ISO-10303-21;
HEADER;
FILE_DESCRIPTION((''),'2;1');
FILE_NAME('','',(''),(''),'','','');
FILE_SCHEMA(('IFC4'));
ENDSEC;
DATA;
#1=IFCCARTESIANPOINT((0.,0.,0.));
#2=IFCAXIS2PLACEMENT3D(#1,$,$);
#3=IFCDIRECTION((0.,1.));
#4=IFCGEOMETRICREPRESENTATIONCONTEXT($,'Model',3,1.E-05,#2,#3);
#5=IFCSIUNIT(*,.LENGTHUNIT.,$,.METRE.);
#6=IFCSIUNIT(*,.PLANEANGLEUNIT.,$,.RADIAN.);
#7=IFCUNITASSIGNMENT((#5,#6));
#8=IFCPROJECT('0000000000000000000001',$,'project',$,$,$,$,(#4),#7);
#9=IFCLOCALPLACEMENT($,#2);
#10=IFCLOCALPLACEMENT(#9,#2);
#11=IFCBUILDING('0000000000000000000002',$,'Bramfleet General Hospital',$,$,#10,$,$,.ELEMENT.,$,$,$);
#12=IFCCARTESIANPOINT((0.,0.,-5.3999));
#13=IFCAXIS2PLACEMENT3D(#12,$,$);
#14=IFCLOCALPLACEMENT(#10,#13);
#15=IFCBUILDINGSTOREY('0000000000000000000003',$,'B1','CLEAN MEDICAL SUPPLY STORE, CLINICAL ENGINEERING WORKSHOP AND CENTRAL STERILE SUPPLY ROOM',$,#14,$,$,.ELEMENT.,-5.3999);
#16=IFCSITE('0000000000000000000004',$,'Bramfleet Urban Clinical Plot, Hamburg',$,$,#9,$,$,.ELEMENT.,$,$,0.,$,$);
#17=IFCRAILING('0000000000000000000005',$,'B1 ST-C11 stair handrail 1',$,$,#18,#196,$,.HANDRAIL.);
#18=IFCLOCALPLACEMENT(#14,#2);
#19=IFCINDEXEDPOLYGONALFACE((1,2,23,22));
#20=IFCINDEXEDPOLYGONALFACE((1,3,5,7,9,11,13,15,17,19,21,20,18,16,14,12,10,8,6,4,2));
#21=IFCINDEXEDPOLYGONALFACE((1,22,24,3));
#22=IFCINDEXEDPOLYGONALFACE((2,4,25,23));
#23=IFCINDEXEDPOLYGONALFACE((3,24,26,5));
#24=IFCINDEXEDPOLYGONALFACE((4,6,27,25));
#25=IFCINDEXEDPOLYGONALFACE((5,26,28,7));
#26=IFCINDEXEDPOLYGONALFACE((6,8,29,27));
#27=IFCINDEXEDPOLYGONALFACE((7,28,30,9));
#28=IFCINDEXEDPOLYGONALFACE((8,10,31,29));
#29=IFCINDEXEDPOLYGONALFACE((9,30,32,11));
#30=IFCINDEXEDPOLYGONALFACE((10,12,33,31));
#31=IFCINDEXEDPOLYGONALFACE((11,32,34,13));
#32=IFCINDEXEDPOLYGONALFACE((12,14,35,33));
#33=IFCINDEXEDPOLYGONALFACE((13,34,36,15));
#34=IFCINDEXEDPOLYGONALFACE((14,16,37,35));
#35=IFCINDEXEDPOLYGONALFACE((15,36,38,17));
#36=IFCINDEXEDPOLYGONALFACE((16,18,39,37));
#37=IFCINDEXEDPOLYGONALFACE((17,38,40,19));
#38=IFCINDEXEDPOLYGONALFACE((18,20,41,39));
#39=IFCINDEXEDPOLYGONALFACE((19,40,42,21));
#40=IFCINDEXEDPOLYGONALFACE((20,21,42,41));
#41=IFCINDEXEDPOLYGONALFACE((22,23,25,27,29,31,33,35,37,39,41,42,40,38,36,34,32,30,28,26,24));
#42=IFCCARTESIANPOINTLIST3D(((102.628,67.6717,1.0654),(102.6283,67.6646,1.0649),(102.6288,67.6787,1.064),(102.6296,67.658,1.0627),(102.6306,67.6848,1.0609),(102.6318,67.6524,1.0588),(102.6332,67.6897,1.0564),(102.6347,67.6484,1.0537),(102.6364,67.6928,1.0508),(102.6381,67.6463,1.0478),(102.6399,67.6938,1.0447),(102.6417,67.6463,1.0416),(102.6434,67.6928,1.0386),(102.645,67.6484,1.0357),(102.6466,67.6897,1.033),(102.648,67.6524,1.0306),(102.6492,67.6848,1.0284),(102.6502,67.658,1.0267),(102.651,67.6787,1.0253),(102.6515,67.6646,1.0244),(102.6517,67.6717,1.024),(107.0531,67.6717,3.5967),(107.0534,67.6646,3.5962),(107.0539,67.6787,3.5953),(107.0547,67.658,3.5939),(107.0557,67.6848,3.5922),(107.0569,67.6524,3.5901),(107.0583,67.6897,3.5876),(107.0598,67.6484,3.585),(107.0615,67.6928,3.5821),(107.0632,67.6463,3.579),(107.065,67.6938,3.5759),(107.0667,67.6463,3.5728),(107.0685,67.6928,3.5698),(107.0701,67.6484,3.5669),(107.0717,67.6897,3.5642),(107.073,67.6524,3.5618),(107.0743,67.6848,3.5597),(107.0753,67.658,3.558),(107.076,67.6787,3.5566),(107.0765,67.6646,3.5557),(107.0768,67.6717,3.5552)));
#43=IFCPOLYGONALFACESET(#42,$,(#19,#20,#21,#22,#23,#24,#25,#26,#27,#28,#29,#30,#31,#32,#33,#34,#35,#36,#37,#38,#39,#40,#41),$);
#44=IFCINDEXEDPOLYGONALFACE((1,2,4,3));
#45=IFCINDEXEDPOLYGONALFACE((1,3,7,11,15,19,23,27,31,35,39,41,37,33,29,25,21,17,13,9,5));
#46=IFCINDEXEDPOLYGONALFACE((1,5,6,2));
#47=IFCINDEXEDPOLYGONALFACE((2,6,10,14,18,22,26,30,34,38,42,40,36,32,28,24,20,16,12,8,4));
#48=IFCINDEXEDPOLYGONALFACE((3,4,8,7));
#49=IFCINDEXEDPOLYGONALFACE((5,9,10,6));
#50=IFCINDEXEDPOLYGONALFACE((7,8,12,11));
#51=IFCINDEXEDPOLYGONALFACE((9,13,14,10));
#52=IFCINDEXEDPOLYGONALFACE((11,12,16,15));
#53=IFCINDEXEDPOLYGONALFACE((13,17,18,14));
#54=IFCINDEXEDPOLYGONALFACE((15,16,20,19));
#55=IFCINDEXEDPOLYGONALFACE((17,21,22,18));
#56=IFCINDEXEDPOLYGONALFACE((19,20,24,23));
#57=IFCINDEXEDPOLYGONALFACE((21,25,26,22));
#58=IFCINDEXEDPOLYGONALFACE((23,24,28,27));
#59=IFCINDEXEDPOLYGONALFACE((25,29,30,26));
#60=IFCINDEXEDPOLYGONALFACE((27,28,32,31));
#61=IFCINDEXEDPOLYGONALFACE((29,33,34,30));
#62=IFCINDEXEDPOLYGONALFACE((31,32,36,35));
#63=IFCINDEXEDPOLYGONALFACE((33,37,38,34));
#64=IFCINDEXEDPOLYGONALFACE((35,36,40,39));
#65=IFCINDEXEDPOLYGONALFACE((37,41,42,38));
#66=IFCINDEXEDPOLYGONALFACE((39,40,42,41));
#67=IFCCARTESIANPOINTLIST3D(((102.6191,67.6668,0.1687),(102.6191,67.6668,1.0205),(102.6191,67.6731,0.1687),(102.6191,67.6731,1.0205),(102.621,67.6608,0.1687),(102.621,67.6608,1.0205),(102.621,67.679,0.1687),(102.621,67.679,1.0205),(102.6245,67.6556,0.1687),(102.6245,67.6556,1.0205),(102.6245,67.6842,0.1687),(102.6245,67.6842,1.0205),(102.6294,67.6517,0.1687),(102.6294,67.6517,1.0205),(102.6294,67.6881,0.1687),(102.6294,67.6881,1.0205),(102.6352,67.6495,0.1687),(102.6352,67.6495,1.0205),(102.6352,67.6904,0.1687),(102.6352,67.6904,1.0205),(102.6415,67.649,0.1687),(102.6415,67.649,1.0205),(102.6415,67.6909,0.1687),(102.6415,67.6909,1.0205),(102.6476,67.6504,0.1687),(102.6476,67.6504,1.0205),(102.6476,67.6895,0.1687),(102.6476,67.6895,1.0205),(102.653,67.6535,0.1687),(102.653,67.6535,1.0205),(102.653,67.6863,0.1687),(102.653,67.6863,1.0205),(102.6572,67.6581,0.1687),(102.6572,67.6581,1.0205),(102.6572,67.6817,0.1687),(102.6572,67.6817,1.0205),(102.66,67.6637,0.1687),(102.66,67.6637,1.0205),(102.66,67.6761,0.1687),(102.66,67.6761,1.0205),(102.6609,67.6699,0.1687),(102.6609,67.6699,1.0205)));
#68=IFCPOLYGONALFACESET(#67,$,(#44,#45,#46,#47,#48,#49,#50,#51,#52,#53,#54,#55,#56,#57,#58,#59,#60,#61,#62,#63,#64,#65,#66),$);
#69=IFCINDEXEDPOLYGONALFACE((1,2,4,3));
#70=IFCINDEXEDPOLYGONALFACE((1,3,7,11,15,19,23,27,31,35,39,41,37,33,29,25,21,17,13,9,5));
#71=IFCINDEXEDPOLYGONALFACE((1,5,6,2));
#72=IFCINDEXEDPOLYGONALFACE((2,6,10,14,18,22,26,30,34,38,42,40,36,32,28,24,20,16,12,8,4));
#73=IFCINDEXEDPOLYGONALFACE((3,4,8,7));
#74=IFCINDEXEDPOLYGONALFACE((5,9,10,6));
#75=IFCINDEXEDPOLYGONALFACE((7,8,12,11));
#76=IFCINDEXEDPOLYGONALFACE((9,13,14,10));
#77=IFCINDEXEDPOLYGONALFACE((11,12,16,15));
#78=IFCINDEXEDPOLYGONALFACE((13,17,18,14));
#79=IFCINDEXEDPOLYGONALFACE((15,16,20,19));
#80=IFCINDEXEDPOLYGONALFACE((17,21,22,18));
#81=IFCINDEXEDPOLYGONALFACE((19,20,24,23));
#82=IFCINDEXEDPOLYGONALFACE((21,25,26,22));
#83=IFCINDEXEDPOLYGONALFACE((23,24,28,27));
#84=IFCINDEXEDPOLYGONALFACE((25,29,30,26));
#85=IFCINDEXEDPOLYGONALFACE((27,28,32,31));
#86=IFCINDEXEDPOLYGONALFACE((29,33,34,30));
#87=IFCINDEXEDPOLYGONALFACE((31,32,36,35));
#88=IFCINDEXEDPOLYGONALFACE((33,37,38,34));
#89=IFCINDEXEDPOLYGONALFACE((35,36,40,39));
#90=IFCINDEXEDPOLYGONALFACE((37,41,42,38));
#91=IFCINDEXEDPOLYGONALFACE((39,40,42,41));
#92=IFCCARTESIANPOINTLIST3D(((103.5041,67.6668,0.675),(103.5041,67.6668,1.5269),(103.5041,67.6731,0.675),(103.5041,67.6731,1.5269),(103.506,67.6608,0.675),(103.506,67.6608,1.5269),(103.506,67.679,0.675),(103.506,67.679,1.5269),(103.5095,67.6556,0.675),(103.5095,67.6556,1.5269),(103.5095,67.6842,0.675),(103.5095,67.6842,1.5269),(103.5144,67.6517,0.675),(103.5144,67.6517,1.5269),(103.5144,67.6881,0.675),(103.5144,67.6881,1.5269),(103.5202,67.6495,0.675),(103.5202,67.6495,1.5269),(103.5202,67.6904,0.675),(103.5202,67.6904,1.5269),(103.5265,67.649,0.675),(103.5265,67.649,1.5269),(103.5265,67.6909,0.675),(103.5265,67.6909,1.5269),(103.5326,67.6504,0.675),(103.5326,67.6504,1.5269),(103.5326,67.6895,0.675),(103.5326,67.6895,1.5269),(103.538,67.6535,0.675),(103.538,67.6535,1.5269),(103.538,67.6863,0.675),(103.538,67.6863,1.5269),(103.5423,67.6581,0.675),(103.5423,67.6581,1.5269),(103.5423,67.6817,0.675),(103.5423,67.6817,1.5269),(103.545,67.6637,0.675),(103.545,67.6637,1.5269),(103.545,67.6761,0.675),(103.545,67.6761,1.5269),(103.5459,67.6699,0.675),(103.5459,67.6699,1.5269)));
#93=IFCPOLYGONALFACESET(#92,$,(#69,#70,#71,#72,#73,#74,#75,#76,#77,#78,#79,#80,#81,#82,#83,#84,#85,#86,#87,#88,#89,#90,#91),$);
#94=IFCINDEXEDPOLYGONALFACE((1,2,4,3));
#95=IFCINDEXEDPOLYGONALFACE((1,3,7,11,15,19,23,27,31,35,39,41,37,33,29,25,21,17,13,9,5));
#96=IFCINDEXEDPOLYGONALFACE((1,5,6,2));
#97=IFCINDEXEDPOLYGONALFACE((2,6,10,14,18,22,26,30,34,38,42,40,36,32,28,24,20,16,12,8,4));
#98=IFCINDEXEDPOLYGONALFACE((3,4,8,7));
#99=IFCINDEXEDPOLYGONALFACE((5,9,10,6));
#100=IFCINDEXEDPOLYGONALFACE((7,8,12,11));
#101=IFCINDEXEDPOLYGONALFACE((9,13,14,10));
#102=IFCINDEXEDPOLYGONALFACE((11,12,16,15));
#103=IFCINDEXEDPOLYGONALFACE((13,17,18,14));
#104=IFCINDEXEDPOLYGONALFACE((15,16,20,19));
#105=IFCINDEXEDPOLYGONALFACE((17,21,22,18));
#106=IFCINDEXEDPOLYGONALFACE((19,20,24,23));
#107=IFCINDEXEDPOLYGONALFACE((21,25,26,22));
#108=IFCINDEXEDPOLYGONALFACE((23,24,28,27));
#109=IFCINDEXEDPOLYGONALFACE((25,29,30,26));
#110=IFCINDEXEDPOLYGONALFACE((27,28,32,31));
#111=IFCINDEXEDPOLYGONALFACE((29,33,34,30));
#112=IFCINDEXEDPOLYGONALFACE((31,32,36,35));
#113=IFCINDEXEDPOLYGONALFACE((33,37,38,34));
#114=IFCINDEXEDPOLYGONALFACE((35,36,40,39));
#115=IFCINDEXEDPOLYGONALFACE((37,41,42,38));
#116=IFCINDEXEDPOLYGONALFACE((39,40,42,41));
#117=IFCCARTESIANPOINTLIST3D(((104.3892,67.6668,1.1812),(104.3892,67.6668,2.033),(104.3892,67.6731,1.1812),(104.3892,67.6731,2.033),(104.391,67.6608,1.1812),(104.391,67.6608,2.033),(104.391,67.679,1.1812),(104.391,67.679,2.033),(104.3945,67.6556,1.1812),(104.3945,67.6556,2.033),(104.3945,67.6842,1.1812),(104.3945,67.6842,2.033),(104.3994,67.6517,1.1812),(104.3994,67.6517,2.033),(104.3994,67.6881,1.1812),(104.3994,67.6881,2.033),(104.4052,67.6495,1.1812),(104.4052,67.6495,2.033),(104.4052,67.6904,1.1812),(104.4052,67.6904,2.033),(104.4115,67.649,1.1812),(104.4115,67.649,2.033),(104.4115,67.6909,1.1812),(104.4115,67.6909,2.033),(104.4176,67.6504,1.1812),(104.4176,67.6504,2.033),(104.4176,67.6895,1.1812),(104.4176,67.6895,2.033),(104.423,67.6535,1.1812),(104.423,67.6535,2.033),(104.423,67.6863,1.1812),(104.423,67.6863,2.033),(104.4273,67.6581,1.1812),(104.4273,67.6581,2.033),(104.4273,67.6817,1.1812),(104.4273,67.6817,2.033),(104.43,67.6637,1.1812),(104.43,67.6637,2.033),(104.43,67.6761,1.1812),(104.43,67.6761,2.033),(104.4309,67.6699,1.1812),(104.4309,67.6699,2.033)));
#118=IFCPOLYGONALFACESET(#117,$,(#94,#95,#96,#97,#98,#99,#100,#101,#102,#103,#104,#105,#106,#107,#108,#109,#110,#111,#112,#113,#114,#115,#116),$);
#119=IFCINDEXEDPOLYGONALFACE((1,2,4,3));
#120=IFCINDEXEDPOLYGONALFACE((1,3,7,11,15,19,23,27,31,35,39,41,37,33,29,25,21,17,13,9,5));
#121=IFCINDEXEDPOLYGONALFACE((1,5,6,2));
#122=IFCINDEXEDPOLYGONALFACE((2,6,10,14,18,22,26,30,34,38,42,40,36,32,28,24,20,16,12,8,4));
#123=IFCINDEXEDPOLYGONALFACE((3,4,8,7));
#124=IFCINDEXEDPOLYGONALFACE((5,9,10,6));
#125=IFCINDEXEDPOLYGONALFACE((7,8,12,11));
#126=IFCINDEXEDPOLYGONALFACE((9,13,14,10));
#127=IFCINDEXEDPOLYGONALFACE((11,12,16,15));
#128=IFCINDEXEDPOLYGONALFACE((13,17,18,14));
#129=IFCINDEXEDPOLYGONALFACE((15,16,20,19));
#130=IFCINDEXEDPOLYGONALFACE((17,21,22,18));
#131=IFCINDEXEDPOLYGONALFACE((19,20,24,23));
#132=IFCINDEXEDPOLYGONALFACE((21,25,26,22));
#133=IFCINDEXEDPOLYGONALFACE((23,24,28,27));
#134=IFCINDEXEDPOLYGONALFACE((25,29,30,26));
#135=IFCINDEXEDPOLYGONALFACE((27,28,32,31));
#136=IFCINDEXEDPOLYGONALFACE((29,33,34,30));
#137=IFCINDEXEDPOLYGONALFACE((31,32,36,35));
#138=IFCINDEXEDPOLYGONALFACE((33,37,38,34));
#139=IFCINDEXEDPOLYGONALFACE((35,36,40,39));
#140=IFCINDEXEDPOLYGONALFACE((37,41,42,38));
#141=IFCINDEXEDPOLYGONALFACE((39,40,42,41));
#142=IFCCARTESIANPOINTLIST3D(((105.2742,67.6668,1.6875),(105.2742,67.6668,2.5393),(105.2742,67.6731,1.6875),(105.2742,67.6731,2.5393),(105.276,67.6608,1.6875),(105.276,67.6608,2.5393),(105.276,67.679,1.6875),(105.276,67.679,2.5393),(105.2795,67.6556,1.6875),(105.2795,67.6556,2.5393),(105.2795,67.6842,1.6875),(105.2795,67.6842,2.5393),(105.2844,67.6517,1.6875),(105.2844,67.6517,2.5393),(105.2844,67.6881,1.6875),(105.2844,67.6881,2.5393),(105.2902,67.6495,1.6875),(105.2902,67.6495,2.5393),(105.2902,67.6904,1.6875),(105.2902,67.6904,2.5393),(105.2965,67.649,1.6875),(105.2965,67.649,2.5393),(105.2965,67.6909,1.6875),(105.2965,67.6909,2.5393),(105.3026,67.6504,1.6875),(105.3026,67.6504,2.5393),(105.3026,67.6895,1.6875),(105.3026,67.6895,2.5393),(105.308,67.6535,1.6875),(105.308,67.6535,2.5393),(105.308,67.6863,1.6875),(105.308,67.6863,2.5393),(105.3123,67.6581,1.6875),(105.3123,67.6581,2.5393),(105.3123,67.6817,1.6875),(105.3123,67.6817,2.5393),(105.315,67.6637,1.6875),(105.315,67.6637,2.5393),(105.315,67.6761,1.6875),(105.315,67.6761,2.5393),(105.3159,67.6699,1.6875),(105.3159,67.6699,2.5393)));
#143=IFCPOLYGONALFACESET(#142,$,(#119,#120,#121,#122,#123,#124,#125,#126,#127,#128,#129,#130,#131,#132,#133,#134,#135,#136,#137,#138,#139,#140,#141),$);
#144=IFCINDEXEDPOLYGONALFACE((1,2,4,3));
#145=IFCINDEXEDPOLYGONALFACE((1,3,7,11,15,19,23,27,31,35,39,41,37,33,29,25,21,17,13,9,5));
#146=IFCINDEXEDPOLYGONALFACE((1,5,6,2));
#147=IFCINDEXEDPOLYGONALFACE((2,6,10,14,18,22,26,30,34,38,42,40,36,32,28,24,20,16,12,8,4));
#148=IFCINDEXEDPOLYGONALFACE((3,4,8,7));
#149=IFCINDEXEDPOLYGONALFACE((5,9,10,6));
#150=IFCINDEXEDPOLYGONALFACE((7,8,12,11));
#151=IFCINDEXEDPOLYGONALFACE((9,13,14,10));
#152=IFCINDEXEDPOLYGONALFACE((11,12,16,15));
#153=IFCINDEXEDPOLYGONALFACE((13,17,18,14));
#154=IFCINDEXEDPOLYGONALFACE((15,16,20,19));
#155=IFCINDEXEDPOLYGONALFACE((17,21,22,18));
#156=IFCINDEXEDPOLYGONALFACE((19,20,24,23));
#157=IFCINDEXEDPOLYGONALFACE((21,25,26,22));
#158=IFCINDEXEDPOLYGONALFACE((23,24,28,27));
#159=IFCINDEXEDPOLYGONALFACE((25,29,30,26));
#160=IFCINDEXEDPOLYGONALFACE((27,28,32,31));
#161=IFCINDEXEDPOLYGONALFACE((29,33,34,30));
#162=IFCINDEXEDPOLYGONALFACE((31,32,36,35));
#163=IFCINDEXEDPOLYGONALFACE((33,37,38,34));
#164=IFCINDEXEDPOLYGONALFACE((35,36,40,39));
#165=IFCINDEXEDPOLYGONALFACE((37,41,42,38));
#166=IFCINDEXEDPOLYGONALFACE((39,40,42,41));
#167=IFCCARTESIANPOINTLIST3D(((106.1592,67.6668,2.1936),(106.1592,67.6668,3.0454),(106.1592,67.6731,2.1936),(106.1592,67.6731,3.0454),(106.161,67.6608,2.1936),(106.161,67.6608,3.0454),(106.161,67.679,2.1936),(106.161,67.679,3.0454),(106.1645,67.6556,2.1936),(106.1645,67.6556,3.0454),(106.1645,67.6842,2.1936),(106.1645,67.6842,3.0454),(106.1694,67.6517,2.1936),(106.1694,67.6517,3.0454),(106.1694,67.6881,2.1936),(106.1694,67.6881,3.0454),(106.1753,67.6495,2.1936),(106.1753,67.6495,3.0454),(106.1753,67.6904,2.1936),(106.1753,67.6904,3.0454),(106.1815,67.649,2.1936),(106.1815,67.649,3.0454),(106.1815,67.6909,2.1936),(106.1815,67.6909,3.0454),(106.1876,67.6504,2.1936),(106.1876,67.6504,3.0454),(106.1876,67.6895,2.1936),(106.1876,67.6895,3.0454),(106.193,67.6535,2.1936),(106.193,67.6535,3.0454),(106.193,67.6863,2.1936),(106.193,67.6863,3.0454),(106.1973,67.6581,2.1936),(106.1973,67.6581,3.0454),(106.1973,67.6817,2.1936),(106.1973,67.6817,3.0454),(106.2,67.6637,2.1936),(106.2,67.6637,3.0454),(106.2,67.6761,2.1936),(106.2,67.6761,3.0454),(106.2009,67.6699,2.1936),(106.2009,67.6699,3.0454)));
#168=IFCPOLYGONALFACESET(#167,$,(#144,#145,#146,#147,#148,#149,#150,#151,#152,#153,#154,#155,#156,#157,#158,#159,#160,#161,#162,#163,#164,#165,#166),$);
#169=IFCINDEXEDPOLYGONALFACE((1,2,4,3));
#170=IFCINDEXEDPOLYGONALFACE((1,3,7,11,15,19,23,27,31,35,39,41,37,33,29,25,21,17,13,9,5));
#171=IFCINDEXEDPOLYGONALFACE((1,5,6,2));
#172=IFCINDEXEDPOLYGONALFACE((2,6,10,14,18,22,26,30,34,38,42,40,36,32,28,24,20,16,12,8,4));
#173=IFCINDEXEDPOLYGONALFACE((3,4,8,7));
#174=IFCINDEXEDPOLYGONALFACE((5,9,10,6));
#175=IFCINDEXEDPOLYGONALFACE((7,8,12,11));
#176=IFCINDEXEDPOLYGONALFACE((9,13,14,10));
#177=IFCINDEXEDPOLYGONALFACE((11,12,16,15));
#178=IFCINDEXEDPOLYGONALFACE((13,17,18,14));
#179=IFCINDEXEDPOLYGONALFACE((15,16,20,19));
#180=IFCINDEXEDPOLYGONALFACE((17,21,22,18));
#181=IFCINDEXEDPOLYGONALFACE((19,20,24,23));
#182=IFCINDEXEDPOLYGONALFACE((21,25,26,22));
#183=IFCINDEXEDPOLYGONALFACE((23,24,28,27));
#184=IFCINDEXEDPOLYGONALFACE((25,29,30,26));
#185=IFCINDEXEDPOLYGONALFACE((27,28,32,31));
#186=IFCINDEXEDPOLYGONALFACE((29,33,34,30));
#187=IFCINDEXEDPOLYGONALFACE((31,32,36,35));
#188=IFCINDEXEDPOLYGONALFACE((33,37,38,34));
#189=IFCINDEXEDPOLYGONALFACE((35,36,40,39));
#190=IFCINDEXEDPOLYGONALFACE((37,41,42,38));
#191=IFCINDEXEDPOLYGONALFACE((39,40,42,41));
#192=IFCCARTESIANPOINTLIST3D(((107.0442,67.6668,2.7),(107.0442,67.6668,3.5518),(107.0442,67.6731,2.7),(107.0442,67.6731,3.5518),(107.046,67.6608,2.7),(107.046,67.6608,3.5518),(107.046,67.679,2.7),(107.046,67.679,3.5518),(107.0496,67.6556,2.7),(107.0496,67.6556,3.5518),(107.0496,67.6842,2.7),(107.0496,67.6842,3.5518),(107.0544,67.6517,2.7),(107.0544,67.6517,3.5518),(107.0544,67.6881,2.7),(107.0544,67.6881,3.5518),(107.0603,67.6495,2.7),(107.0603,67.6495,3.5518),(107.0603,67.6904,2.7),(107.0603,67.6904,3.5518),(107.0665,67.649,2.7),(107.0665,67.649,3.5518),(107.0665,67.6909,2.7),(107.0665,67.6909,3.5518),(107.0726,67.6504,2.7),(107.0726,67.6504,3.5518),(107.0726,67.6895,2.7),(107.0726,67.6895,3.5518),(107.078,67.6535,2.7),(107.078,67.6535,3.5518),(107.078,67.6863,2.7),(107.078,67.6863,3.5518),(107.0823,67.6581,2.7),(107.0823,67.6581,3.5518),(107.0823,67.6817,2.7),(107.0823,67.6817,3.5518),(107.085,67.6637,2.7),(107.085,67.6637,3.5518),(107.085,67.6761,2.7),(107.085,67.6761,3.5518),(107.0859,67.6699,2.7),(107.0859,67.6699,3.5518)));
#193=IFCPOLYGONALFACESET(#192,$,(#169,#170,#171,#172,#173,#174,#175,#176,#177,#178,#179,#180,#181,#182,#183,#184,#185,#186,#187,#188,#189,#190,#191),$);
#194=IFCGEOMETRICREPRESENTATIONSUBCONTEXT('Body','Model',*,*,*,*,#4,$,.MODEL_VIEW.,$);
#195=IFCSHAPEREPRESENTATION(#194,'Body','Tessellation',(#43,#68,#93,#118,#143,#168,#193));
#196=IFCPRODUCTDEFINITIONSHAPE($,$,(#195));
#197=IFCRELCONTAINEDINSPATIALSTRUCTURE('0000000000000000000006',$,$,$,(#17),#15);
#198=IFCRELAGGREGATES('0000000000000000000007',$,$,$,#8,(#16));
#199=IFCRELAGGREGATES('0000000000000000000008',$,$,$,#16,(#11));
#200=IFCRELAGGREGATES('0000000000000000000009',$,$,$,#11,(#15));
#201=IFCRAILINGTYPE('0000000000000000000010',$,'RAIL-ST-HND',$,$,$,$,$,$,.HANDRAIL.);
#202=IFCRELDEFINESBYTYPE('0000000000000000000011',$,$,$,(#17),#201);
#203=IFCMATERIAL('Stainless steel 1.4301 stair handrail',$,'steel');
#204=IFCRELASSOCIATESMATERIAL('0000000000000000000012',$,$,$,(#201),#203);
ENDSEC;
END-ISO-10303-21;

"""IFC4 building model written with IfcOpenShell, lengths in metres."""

from ifc_helpers import new_model, si_unit, direction, frame, origin, origin_2d, place, context, subcontext, project, spatial, circle, extrude, material, type_object, element, save


model = new_model("IFC4")

# Units and contexts
model_context = context("Model", 3, precision=1e-05, world=origin(), true_north=direction((0.0, 1.0)))
body_context = subcontext(model_context, "Body", "Model", "MODEL_VIEW")
ifc_project = project(units=[si_unit("LENGTHUNIT", "METRE"), si_unit("PLANEANGLEUNIT", "RADIAN")], contexts=[model_context])

# Site, building, storey
site_placement = place(None, origin())
site = spatial("IfcSite", under=ifc_project, at=site_placement, Name="Bramfleet Urban Clinical Plot, Hamburg", CompositionType="ELEMENT", RefElevation=0.0)
building_placement = place(site_placement, origin())
building = spatial("IfcBuilding", under=site, at=building_placement, Name="Bramfleet General Hospital", CompositionType="ELEMENT")
storey_placement = place(building_placement, frame((0.0, 0.0, -5.3999)))
storey = spatial("IfcBuildingStorey", under=building, at=storey_placement, Name="B1", Description="CLEAN MEDICAL SUPPLY STORE, CLINICAL ENGINEERING WORKSHOP AND CENTRAL STERILE SUPPLY ROOM", CompositionType="ELEMENT", Elevation=-5.3999)

# Railing
ifc_material_1 = material(Name="Stainless steel 1.4301 stair handrail", Category="steel")
railing_type_1 = type_object("IfcRailingType", Name="RAIL-ST-HND", PredefinedType="HANDRAIL", material=ifc_material_1)
railing_1_placement = place(storey_placement, frame((102.6399, 67.6699, 0.1687)))
element("IfcRailing", 1, at=railing_1_placement, inside=storey, type_object=railing_type_1, Name="B1 ST-C11 stair handrail 1", PredefinedType="HANDRAIL", context=body_context, shape_type="SweptSolid", body=[
    extrude(circle(Radius=0.0239, at=origin_2d()), frame((0.0, 0.0, 0.876), z_axis=(0.868019, 0.0, 0.496531), x_axis=(0.0, 1.0, 0.0)), (0.0, 0.0, 1.0), 5.0979),
    extrude(circle(Radius=0.021, at=origin_2d()), origin(), (0.0, 0.0, 1.0), 0.8518),
    extrude(circle(Radius=0.021, at=origin_2d()), frame((0.885, 0.0, 0.5063)), (0.0, 0.0, 1.0), 0.8518),
    extrude(circle(Radius=0.021, at=origin_2d()), frame((1.77, 0.0, 1.0125)), (0.0, 0.0, 1.0), 0.8518),
    extrude(circle(Radius=0.021, at=origin_2d()), frame((2.655, 0.0, 1.5188)), (0.0, 0.0, 1.0), 0.8518),
    extrude(circle(Radius=0.021, at=origin_2d()), frame((3.54, 0.0, 2.0249)), (0.0, 0.0, 1.0), 0.8518),
    extrude(circle(Radius=0.021, at=origin_2d()), frame((4.425, 0.0, 2.5312)), (0.0, 0.0, 1.0), 0.8518),
])

save(model, "model.ifc")
